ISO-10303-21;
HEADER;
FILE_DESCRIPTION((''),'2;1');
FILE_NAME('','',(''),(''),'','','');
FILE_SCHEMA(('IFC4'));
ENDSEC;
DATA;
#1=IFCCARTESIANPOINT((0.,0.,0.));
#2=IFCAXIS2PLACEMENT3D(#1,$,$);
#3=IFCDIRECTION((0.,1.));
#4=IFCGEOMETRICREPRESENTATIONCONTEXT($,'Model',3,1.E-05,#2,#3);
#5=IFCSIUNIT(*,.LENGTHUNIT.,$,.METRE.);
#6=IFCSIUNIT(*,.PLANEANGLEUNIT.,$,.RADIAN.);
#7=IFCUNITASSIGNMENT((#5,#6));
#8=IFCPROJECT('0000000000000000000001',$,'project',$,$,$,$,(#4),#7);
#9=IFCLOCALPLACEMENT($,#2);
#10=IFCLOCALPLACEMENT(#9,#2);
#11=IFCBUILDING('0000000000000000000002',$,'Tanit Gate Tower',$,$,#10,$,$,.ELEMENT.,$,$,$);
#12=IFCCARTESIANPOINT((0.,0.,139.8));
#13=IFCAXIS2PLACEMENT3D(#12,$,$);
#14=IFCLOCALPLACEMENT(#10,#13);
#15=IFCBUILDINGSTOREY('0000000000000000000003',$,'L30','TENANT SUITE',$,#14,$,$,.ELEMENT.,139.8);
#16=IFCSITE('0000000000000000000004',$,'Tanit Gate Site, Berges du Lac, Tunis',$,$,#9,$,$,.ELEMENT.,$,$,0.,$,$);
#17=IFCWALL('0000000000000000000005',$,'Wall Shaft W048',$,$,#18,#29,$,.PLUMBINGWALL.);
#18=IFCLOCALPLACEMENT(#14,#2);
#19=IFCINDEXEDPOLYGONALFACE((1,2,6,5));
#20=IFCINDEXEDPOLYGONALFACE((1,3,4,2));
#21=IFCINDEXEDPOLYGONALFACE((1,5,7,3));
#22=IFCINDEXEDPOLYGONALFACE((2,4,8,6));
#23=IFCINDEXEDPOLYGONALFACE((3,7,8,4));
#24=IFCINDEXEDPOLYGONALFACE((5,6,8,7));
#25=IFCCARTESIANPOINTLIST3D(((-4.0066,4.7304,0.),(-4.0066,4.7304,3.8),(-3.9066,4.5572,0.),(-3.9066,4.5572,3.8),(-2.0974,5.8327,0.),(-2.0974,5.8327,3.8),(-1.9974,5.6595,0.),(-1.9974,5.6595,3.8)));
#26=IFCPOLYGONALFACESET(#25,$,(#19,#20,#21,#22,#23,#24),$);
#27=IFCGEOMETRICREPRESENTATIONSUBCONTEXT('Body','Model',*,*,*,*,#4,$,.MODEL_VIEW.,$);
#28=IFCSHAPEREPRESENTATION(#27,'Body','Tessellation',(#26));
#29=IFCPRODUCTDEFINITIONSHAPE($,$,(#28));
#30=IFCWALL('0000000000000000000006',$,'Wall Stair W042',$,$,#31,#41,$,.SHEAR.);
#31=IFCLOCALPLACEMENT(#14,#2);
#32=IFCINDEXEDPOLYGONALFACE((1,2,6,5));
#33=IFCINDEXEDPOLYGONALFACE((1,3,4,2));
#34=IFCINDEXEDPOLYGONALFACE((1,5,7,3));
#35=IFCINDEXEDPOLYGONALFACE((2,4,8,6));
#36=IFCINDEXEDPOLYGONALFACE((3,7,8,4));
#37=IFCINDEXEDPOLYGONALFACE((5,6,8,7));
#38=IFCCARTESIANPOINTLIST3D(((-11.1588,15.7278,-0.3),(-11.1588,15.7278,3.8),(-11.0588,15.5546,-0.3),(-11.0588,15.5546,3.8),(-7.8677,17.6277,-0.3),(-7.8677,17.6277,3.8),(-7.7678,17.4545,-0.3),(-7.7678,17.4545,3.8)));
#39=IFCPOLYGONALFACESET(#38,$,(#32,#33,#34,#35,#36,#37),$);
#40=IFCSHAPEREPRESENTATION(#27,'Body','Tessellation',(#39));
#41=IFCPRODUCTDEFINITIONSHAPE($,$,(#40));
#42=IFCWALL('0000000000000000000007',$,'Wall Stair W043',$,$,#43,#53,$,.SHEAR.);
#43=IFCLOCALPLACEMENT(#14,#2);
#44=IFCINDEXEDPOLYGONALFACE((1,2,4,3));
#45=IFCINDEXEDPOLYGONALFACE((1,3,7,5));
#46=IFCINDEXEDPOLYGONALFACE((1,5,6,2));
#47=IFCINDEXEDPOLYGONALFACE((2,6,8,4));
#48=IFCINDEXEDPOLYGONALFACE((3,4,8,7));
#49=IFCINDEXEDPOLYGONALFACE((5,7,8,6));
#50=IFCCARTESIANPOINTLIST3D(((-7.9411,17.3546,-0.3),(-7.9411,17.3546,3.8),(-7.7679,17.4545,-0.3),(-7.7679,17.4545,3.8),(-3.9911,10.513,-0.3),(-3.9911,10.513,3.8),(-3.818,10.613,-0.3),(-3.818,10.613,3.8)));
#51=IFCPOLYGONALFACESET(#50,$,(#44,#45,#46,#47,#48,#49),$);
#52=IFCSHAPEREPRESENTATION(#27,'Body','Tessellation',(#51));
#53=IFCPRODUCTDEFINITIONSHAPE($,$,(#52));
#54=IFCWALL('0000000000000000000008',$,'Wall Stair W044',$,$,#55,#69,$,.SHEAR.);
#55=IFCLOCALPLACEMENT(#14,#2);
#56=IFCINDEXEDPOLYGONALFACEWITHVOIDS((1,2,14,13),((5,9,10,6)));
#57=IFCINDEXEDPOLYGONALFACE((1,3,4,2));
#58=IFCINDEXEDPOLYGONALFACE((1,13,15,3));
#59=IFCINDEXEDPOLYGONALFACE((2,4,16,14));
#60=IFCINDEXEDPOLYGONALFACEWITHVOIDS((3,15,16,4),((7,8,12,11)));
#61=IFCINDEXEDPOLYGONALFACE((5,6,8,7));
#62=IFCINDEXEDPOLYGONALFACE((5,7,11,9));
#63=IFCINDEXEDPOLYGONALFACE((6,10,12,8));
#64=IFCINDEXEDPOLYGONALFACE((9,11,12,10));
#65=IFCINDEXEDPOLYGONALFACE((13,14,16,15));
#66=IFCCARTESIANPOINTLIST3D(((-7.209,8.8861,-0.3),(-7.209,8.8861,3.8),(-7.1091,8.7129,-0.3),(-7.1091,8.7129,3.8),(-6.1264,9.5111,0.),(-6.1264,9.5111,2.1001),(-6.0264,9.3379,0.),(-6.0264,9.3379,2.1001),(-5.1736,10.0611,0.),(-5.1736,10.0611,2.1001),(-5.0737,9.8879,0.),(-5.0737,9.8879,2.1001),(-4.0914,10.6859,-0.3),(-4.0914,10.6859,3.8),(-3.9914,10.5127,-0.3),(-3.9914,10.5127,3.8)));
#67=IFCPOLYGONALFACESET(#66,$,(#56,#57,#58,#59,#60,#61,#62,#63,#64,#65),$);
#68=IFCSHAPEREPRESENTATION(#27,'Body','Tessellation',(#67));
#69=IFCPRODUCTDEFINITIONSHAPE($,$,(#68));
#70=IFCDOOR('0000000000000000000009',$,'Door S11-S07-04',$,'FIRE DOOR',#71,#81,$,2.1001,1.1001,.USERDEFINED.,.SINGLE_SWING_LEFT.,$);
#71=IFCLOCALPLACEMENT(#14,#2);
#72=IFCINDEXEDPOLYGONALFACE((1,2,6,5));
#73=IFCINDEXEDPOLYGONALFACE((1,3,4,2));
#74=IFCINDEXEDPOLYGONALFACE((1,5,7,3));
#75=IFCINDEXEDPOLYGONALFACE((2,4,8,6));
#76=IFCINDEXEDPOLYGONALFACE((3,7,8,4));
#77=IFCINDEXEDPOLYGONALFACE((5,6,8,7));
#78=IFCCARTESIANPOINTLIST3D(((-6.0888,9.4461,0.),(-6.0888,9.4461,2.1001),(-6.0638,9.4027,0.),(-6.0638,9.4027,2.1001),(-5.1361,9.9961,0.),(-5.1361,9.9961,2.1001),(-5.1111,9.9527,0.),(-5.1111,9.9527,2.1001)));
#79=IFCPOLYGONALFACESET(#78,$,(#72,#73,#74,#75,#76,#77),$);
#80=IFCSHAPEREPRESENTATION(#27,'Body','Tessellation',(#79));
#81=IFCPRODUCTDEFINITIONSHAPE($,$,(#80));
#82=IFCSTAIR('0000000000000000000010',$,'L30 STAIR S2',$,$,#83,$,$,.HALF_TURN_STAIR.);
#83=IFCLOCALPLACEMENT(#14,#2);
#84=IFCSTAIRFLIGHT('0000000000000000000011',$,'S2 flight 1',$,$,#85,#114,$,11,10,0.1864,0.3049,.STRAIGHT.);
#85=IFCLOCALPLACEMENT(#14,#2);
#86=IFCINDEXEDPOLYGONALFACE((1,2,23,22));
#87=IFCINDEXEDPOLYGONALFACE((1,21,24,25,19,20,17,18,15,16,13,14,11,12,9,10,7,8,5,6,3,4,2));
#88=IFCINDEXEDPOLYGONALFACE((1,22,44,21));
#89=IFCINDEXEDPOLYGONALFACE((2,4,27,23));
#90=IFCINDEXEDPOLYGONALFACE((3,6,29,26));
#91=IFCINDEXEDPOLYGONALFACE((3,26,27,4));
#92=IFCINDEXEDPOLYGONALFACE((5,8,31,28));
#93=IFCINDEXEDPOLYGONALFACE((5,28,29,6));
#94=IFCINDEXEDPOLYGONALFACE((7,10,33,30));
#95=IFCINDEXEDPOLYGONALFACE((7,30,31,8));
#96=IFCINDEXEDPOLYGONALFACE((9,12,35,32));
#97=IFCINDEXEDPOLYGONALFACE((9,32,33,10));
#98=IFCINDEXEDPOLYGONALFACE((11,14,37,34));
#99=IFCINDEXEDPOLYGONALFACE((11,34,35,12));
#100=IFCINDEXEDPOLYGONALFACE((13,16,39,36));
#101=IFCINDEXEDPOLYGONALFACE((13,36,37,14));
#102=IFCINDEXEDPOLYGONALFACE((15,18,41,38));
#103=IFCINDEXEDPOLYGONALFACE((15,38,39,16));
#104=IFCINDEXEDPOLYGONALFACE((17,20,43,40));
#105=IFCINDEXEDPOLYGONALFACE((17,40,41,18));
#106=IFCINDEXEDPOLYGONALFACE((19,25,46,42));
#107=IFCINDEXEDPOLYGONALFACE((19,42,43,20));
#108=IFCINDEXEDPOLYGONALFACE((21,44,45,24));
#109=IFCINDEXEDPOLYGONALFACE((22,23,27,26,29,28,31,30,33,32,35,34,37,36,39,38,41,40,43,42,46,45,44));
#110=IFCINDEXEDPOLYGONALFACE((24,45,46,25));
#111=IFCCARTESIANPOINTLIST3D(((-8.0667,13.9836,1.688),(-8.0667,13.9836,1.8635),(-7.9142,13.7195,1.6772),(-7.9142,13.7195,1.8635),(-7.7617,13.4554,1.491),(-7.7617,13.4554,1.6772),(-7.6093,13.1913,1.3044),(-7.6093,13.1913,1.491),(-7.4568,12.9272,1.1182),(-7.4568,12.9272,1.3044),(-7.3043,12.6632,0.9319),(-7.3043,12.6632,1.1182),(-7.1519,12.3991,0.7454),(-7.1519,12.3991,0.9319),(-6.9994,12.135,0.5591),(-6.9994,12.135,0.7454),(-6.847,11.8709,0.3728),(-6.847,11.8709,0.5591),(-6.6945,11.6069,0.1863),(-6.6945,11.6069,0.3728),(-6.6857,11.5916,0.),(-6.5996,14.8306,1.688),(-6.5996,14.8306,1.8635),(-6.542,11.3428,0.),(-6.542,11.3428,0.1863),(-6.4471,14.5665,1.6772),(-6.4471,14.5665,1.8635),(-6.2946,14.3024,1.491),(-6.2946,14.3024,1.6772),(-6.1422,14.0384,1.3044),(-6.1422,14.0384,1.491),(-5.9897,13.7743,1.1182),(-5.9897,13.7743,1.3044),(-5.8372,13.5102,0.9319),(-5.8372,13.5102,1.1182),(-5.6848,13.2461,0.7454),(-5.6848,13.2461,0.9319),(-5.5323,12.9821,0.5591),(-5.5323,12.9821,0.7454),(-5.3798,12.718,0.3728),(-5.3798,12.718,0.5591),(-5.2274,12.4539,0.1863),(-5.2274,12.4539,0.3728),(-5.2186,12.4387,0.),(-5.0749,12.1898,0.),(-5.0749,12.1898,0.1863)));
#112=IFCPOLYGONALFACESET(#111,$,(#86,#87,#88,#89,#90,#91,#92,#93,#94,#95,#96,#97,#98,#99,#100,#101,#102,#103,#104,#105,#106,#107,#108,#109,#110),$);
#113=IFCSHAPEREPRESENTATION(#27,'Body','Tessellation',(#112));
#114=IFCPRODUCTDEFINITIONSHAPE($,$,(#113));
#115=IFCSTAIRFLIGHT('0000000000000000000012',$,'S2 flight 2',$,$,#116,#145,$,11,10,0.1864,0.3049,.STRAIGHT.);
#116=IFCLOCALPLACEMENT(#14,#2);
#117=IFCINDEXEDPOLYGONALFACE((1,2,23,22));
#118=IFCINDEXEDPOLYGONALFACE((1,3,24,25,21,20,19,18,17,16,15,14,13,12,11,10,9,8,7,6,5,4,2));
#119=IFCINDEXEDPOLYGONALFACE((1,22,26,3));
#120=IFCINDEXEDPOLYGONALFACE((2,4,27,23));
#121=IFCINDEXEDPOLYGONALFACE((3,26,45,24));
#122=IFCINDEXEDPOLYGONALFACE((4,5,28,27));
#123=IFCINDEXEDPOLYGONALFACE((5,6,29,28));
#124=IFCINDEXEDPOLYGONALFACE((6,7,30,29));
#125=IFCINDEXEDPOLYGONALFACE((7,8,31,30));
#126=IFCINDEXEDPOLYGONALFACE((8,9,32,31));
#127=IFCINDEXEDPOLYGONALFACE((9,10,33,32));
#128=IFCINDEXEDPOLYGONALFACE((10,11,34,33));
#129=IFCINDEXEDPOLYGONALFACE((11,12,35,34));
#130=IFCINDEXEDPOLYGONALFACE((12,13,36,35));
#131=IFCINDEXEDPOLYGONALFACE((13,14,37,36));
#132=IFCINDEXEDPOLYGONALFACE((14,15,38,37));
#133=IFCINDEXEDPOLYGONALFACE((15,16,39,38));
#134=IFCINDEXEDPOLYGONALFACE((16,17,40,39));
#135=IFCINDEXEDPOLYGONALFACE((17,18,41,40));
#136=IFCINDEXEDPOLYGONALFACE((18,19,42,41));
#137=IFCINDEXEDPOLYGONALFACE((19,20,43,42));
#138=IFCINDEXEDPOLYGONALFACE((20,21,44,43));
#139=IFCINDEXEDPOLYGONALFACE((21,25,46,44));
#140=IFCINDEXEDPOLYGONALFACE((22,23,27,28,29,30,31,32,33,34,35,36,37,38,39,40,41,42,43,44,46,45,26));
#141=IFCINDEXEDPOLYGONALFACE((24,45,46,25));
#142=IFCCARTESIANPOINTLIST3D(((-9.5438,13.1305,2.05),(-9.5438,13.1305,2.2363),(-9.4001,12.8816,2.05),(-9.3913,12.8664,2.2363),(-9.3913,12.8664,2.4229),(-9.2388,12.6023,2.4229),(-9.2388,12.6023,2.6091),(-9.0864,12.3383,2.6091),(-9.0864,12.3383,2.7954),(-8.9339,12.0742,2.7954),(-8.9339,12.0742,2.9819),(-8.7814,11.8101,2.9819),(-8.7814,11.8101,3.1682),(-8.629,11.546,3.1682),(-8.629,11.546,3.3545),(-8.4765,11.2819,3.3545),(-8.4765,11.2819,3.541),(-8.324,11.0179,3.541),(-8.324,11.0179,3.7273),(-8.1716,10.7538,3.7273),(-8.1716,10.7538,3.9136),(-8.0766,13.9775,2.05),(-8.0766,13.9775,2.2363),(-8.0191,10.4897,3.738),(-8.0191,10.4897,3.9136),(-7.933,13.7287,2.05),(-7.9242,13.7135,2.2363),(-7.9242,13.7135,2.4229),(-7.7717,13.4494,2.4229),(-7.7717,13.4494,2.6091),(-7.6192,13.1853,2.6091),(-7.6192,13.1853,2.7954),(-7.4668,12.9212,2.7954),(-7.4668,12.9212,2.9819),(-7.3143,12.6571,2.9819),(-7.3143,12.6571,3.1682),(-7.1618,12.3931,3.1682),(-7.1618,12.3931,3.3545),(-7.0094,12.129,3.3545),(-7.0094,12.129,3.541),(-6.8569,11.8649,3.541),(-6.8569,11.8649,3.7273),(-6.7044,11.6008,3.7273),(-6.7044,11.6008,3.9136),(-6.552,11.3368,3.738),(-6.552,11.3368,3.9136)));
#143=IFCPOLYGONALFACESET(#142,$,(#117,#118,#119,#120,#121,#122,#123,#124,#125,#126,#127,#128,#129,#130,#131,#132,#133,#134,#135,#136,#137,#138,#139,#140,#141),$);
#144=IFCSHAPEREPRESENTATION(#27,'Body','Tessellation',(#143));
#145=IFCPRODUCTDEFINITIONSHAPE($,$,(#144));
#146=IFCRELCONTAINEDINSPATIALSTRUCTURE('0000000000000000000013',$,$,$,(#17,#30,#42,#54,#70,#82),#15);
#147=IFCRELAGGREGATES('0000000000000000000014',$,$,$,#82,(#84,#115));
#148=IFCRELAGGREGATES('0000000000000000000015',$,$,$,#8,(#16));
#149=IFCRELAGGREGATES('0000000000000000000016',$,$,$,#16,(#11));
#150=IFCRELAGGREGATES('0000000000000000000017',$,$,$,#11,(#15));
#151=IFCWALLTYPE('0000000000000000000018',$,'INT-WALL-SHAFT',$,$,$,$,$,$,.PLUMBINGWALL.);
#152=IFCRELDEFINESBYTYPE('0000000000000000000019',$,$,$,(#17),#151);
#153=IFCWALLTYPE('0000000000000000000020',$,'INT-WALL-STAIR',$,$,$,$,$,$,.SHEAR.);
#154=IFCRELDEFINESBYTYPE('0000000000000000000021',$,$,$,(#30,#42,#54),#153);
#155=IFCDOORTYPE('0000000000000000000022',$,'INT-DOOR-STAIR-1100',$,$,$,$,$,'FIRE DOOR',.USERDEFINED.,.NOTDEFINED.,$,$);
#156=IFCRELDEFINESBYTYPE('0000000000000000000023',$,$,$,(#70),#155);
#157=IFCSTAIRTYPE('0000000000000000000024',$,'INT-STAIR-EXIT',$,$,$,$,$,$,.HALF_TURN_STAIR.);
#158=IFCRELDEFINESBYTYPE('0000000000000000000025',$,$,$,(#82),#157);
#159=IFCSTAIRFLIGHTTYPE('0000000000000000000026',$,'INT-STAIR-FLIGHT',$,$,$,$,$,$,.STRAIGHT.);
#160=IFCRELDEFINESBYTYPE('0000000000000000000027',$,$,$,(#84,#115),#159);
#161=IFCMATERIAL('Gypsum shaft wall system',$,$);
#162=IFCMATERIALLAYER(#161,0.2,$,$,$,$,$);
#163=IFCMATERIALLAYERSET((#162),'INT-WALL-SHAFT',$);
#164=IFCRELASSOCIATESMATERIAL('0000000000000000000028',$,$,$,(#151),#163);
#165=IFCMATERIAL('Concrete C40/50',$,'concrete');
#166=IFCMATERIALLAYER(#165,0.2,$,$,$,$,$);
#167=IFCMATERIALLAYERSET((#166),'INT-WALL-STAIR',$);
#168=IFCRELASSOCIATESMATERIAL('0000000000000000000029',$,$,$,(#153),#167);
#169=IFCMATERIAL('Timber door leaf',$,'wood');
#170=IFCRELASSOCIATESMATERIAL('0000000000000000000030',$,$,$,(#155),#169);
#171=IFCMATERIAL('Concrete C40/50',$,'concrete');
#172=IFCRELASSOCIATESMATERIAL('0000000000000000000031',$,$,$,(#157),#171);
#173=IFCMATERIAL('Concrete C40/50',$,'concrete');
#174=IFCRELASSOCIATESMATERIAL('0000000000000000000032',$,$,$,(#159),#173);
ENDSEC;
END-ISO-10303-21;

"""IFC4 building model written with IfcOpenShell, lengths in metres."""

from ifc_helpers import new_model, si_unit, direction, frame, frame_2d, origin, place, context, subcontext, project, spatial, polyline, rectangle, outline, extrude, material, layer, layer_set, type_object, element, fill, aggregate, save


model = new_model("IFC4")

# Units and contexts
model_context = context("Model", 3, precision=1e-05, world=origin(), true_north=direction((0.0, 1.0)))
body_context = subcontext(model_context, "Body", "Model", "MODEL_VIEW")
ifc_project = project(units=[si_unit("LENGTHUNIT", "METRE"), si_unit("PLANEANGLEUNIT", "RADIAN")], contexts=[model_context])

# Site, building, storey
site_placement = place(None, origin())
site = spatial("IfcSite", under=ifc_project, at=site_placement, Name="Tanit Gate Site, Berges du Lac, Tunis", CompositionType="ELEMENT", RefElevation=0.0)
building_placement = place(site_placement, origin())
building = spatial("IfcBuilding", under=site, at=building_placement, Name="Tanit Gate Tower", CompositionType="ELEMENT")
storey_placement = place(building_placement, frame((0.0, 0.0, 139.8)))
storey = spatial("IfcBuildingStorey", under=building, at=storey_placement, Name="L30", Description="TENANT SUITE", CompositionType="ELEMENT", Elevation=139.8)

# Shared definitions
ifc_material_1 = material(Name="Gypsum shaft wall system")
ifc_layer_1 = layer(ifc_material_1, 0.2)
ifc_layer_set_1 = layer_set([ifc_layer_1], Name="INT-WALL-SHAFT")
wall_type_1 = type_object("IfcWallType", Name="INT-WALL-SHAFT", PredefinedType="PLUMBINGWALL", material=ifc_layer_set_1)

# Walls
wall_1_placement = place(storey_placement, frame((-2.0474, 5.7461, 0.0), z_axis=(0.0, 0.0, 1.0), x_axis=(-0.86602, -0.50001, 0.0)))
element("IfcWall", 1, at=wall_1_placement, inside=storey, type_object=wall_type_1, Name="Wall Shaft W048", PredefinedType="PLUMBINGWALL", context=body_context, shape_type="SweptSolid", body=[
    extrude(rectangle(XDim=2.2046, YDim=0.2, at=frame_2d((1.1023, 0.0))), origin(), (0.0, 0.0, 1.0), 3.8),
])
ifc_material_2 = material(Name="Concrete C40/50", Category="concrete")
ifc_layer_2 = layer(ifc_material_2, 0.2)
ifc_layer_set_2 = layer_set([ifc_layer_2], Name="INT-WALL-STAIR")
wall_type_2 = type_object("IfcWallType", Name="INT-WALL-STAIR", PredefinedType="SHEAR", material=ifc_layer_set_2)
wall_2_placement = place(storey_placement, frame((-7.8179, 17.541, -0.3), z_axis=(0.0, 0.0, 1.0), x_axis=(-0.866044, -0.499967, 0.0)))
element("IfcWall", 2, at=wall_2_placement, inside=storey, type_object=wall_type_2, Name="Wall Stair W042", PredefinedType="SHEAR", context=body_context, shape_type="SweptSolid", body=[
    extrude(rectangle(XDim=3.8, YDim=0.2, at=frame_2d((1.8999, 0.0))), origin(), (0.0, 0.0, 1.0), 4.1001),
])
wall_3_placement = place(storey_placement, frame((-7.8545, 17.4045, -0.3), z_axis=(0.0, 0.0, 1.0), x_axis=(0.499998, -0.866027, 0.0)))
element("IfcWall", 3, at=wall_3_placement, inside=storey, type_object=wall_type_2, Name="Wall Stair W043", PredefinedType="SHEAR", context=body_context, shape_type="SweptSolid", body=[
    extrude(rectangle(XDim=7.8999, YDim=0.2, at=frame_2d((3.95, 0.0))), origin(), (0.0, 0.0, 1.0), 4.1001),
])

# Wall, opening, door
wall_4_placement = place(storey_placement, frame((-7.1589, 8.7996, -0.3), z_axis=(0.0, 0.0, 1.0), x_axis=(0.866048, 0.499961, 0.0)))
wall_4 = element("IfcWall", 4, at=wall_4_placement, inside=storey, type_object=wall_type_2, Name="Wall Stair W044", PredefinedType="SHEAR", context=body_context, shape_type="SweptSolid", body=[
    extrude(rectangle(XDim=3.5999, YDim=0.2, at=frame_2d((1.7998, 0.0))), origin(), (0.0, 0.0, 1.0), 4.1001),
])
opening_1_placement = place(wall_4_placement, frame((1.25, 0.0, 0.3)))
opening_1 = element("IfcOpeningElement", 5, at=opening_1_placement, cuts=wall_4, PredefinedType="OPENING", context=body_context, shape_type="SweptSolid", body=[
    extrude(rectangle(XDim=1.1001, YDim=2.1001, at=frame_2d((0.55, 1.05))), frame((0.0, 0.1099, 0.0), z_axis=(0.0, -1.0, 0.0), x_axis=(1.0, 0.0, 0.0)), (0.0, 0.0, 1.0), 0.22),
])
ifc_material_3 = material(Name="Timber door leaf", Category="wood")
door_type_1 = type_object("IfcDoorType", Name="INT-DOOR-STAIR-1100", ElementType="FIRE DOOR", OperationType="NOTDEFINED", PredefinedType="USERDEFINED", material=ifc_material_3)
door_1_placement = place(opening_1_placement, origin())
door_1 = element("IfcDoor", 6, at=door_1_placement, inside=storey, type_object=door_type_1, Name="Door S11-S07-04", ObjectType="FIRE DOOR", OperationType="SINGLE_SWING_LEFT", OverallHeight=2.1001, OverallWidth=1.1001, PredefinedType="USERDEFINED", context=body_context, shape_type="SweptSolid", body=[
    extrude(rectangle(XDim=1.1001, YDim=2.1001, at=frame_2d((0.55, 1.05))), frame((0.0, 0.0249, 0.0), z_axis=(0.0, -1.0, 0.0), x_axis=(1.0, 0.0, 0.0)), (0.0, 0.0, 1.0), 0.05),
])
fill(opening_1, door_1)

# Stair, stair flights
ifc_material_4 = material(Name="Concrete C40/50", Category="concrete")
stair_type = type_object("IfcStairType", Name="INT-STAIR-EXIT", PredefinedType="HALF_TURN_STAIR", material=ifc_material_4)
stair_placement = place(storey_placement, origin())
stair = element("IfcStair", 7, at=stair_placement, inside=storey, type_object=stair_type, Name="L30 STAIR S2", PredefinedType="HALF_TURN_STAIR")
ifc_material_5 = material(Name="Concrete C40/50", Category="concrete")
stair_flight_type = type_object("IfcStairFlightType", Name="INT-STAIR-FLIGHT", PredefinedType="STRAIGHT", material=ifc_material_5)
stair_flight_1_placement = place(storey_placement, frame((-5.8083, 11.7664, 0.0), z_axis=(0.0, 0.0, 1.0), x_axis=(-0.5, 0.866025, 0.0)))
stair_flight_1 = element("IfcStairFlight", 8, at=stair_flight_1_placement, type_object=stair_flight_type, Name="S2 flight 1", NumberOfRisers=11, NumberOfTreads=10, PredefinedType="STRAIGHT", RiserHeight=0.1864, TreadLength=0.3049, context=body_context, shape_type="SweptSolid", body=[
    extrude(outline(polyline([(0.0, 0.0), (0.0, 0.1863), (0.3049, 0.1863), (0.3049, 0.3728), (0.6099, 0.3728), (0.6099, 0.5591), (0.9148, 0.5591), (0.9148, 0.7454), (1.2197, 0.7454), (1.2197, 0.9319), (1.5247, 0.9319), (1.5247, 1.1182), (1.8296, 1.1182), (1.8296, 1.3044), (2.1345, 1.3044), (2.1345, 1.491), (2.4395, 1.491), (2.4395, 1.6772), (2.7444, 1.6772), (2.7444, 1.8635), (3.0493, 1.8635), (3.0493, 2.05), (3.0493, 1.688), (0.2874, 0.0), (0.0, 0.0)])), frame((0.0, 0.8472, 0.0), z_axis=(0.0, -1.0, 0.0), x_axis=(1.0, 0.0, 0.0)), (0.0, 0.0, 1.0), 1.6941),
])
stair_flight_2_placement = place(storey_placement, frame((-8.8103, 13.554, 2.05), z_axis=(0.0, 0.0, 1.0), x_axis=(0.5, -0.866025, 0.0)))
stair_flight_2 = element("IfcStairFlight", 9, at=stair_flight_2_placement, type_object=stair_flight_type, Name="S2 flight 2", NumberOfRisers=11, NumberOfTreads=10, PredefinedType="STRAIGHT", RiserHeight=0.1864, TreadLength=0.3049, context=body_context, shape_type="SweptSolid", body=[
    extrude(outline(polyline([(0.0, 0.0), (0.0, 0.1863), (0.3049, 0.1863), (0.3049, 0.3728), (0.6099, 0.3728), (0.6099, 0.5591), (0.9148, 0.5591), (0.9148, 0.7454), (1.2197, 0.7454), (1.2197, 0.9319), (1.5247, 0.9319), (1.5247, 1.1182), (1.8296, 1.1182), (1.8296, 1.3044), (2.1345, 1.3044), (2.1345, 1.491), (2.4395, 1.491), (2.4395, 1.6772), (2.7444, 1.6772), (2.7444, 1.8635), (3.0493, 1.8635), (3.0493, 2.05), (3.0493, 1.688), (0.2874, 0.0), (0.0, 0.0)])), frame((0.0, 0.8472, 0.0), z_axis=(0.0, -1.0, 0.0), x_axis=(1.0, 0.0, 0.0)), (0.0, 0.0, 1.0), 1.6941),
])
aggregate(stair, [stair_flight_1, stair_flight_2])

save(model, "model.ifc")
